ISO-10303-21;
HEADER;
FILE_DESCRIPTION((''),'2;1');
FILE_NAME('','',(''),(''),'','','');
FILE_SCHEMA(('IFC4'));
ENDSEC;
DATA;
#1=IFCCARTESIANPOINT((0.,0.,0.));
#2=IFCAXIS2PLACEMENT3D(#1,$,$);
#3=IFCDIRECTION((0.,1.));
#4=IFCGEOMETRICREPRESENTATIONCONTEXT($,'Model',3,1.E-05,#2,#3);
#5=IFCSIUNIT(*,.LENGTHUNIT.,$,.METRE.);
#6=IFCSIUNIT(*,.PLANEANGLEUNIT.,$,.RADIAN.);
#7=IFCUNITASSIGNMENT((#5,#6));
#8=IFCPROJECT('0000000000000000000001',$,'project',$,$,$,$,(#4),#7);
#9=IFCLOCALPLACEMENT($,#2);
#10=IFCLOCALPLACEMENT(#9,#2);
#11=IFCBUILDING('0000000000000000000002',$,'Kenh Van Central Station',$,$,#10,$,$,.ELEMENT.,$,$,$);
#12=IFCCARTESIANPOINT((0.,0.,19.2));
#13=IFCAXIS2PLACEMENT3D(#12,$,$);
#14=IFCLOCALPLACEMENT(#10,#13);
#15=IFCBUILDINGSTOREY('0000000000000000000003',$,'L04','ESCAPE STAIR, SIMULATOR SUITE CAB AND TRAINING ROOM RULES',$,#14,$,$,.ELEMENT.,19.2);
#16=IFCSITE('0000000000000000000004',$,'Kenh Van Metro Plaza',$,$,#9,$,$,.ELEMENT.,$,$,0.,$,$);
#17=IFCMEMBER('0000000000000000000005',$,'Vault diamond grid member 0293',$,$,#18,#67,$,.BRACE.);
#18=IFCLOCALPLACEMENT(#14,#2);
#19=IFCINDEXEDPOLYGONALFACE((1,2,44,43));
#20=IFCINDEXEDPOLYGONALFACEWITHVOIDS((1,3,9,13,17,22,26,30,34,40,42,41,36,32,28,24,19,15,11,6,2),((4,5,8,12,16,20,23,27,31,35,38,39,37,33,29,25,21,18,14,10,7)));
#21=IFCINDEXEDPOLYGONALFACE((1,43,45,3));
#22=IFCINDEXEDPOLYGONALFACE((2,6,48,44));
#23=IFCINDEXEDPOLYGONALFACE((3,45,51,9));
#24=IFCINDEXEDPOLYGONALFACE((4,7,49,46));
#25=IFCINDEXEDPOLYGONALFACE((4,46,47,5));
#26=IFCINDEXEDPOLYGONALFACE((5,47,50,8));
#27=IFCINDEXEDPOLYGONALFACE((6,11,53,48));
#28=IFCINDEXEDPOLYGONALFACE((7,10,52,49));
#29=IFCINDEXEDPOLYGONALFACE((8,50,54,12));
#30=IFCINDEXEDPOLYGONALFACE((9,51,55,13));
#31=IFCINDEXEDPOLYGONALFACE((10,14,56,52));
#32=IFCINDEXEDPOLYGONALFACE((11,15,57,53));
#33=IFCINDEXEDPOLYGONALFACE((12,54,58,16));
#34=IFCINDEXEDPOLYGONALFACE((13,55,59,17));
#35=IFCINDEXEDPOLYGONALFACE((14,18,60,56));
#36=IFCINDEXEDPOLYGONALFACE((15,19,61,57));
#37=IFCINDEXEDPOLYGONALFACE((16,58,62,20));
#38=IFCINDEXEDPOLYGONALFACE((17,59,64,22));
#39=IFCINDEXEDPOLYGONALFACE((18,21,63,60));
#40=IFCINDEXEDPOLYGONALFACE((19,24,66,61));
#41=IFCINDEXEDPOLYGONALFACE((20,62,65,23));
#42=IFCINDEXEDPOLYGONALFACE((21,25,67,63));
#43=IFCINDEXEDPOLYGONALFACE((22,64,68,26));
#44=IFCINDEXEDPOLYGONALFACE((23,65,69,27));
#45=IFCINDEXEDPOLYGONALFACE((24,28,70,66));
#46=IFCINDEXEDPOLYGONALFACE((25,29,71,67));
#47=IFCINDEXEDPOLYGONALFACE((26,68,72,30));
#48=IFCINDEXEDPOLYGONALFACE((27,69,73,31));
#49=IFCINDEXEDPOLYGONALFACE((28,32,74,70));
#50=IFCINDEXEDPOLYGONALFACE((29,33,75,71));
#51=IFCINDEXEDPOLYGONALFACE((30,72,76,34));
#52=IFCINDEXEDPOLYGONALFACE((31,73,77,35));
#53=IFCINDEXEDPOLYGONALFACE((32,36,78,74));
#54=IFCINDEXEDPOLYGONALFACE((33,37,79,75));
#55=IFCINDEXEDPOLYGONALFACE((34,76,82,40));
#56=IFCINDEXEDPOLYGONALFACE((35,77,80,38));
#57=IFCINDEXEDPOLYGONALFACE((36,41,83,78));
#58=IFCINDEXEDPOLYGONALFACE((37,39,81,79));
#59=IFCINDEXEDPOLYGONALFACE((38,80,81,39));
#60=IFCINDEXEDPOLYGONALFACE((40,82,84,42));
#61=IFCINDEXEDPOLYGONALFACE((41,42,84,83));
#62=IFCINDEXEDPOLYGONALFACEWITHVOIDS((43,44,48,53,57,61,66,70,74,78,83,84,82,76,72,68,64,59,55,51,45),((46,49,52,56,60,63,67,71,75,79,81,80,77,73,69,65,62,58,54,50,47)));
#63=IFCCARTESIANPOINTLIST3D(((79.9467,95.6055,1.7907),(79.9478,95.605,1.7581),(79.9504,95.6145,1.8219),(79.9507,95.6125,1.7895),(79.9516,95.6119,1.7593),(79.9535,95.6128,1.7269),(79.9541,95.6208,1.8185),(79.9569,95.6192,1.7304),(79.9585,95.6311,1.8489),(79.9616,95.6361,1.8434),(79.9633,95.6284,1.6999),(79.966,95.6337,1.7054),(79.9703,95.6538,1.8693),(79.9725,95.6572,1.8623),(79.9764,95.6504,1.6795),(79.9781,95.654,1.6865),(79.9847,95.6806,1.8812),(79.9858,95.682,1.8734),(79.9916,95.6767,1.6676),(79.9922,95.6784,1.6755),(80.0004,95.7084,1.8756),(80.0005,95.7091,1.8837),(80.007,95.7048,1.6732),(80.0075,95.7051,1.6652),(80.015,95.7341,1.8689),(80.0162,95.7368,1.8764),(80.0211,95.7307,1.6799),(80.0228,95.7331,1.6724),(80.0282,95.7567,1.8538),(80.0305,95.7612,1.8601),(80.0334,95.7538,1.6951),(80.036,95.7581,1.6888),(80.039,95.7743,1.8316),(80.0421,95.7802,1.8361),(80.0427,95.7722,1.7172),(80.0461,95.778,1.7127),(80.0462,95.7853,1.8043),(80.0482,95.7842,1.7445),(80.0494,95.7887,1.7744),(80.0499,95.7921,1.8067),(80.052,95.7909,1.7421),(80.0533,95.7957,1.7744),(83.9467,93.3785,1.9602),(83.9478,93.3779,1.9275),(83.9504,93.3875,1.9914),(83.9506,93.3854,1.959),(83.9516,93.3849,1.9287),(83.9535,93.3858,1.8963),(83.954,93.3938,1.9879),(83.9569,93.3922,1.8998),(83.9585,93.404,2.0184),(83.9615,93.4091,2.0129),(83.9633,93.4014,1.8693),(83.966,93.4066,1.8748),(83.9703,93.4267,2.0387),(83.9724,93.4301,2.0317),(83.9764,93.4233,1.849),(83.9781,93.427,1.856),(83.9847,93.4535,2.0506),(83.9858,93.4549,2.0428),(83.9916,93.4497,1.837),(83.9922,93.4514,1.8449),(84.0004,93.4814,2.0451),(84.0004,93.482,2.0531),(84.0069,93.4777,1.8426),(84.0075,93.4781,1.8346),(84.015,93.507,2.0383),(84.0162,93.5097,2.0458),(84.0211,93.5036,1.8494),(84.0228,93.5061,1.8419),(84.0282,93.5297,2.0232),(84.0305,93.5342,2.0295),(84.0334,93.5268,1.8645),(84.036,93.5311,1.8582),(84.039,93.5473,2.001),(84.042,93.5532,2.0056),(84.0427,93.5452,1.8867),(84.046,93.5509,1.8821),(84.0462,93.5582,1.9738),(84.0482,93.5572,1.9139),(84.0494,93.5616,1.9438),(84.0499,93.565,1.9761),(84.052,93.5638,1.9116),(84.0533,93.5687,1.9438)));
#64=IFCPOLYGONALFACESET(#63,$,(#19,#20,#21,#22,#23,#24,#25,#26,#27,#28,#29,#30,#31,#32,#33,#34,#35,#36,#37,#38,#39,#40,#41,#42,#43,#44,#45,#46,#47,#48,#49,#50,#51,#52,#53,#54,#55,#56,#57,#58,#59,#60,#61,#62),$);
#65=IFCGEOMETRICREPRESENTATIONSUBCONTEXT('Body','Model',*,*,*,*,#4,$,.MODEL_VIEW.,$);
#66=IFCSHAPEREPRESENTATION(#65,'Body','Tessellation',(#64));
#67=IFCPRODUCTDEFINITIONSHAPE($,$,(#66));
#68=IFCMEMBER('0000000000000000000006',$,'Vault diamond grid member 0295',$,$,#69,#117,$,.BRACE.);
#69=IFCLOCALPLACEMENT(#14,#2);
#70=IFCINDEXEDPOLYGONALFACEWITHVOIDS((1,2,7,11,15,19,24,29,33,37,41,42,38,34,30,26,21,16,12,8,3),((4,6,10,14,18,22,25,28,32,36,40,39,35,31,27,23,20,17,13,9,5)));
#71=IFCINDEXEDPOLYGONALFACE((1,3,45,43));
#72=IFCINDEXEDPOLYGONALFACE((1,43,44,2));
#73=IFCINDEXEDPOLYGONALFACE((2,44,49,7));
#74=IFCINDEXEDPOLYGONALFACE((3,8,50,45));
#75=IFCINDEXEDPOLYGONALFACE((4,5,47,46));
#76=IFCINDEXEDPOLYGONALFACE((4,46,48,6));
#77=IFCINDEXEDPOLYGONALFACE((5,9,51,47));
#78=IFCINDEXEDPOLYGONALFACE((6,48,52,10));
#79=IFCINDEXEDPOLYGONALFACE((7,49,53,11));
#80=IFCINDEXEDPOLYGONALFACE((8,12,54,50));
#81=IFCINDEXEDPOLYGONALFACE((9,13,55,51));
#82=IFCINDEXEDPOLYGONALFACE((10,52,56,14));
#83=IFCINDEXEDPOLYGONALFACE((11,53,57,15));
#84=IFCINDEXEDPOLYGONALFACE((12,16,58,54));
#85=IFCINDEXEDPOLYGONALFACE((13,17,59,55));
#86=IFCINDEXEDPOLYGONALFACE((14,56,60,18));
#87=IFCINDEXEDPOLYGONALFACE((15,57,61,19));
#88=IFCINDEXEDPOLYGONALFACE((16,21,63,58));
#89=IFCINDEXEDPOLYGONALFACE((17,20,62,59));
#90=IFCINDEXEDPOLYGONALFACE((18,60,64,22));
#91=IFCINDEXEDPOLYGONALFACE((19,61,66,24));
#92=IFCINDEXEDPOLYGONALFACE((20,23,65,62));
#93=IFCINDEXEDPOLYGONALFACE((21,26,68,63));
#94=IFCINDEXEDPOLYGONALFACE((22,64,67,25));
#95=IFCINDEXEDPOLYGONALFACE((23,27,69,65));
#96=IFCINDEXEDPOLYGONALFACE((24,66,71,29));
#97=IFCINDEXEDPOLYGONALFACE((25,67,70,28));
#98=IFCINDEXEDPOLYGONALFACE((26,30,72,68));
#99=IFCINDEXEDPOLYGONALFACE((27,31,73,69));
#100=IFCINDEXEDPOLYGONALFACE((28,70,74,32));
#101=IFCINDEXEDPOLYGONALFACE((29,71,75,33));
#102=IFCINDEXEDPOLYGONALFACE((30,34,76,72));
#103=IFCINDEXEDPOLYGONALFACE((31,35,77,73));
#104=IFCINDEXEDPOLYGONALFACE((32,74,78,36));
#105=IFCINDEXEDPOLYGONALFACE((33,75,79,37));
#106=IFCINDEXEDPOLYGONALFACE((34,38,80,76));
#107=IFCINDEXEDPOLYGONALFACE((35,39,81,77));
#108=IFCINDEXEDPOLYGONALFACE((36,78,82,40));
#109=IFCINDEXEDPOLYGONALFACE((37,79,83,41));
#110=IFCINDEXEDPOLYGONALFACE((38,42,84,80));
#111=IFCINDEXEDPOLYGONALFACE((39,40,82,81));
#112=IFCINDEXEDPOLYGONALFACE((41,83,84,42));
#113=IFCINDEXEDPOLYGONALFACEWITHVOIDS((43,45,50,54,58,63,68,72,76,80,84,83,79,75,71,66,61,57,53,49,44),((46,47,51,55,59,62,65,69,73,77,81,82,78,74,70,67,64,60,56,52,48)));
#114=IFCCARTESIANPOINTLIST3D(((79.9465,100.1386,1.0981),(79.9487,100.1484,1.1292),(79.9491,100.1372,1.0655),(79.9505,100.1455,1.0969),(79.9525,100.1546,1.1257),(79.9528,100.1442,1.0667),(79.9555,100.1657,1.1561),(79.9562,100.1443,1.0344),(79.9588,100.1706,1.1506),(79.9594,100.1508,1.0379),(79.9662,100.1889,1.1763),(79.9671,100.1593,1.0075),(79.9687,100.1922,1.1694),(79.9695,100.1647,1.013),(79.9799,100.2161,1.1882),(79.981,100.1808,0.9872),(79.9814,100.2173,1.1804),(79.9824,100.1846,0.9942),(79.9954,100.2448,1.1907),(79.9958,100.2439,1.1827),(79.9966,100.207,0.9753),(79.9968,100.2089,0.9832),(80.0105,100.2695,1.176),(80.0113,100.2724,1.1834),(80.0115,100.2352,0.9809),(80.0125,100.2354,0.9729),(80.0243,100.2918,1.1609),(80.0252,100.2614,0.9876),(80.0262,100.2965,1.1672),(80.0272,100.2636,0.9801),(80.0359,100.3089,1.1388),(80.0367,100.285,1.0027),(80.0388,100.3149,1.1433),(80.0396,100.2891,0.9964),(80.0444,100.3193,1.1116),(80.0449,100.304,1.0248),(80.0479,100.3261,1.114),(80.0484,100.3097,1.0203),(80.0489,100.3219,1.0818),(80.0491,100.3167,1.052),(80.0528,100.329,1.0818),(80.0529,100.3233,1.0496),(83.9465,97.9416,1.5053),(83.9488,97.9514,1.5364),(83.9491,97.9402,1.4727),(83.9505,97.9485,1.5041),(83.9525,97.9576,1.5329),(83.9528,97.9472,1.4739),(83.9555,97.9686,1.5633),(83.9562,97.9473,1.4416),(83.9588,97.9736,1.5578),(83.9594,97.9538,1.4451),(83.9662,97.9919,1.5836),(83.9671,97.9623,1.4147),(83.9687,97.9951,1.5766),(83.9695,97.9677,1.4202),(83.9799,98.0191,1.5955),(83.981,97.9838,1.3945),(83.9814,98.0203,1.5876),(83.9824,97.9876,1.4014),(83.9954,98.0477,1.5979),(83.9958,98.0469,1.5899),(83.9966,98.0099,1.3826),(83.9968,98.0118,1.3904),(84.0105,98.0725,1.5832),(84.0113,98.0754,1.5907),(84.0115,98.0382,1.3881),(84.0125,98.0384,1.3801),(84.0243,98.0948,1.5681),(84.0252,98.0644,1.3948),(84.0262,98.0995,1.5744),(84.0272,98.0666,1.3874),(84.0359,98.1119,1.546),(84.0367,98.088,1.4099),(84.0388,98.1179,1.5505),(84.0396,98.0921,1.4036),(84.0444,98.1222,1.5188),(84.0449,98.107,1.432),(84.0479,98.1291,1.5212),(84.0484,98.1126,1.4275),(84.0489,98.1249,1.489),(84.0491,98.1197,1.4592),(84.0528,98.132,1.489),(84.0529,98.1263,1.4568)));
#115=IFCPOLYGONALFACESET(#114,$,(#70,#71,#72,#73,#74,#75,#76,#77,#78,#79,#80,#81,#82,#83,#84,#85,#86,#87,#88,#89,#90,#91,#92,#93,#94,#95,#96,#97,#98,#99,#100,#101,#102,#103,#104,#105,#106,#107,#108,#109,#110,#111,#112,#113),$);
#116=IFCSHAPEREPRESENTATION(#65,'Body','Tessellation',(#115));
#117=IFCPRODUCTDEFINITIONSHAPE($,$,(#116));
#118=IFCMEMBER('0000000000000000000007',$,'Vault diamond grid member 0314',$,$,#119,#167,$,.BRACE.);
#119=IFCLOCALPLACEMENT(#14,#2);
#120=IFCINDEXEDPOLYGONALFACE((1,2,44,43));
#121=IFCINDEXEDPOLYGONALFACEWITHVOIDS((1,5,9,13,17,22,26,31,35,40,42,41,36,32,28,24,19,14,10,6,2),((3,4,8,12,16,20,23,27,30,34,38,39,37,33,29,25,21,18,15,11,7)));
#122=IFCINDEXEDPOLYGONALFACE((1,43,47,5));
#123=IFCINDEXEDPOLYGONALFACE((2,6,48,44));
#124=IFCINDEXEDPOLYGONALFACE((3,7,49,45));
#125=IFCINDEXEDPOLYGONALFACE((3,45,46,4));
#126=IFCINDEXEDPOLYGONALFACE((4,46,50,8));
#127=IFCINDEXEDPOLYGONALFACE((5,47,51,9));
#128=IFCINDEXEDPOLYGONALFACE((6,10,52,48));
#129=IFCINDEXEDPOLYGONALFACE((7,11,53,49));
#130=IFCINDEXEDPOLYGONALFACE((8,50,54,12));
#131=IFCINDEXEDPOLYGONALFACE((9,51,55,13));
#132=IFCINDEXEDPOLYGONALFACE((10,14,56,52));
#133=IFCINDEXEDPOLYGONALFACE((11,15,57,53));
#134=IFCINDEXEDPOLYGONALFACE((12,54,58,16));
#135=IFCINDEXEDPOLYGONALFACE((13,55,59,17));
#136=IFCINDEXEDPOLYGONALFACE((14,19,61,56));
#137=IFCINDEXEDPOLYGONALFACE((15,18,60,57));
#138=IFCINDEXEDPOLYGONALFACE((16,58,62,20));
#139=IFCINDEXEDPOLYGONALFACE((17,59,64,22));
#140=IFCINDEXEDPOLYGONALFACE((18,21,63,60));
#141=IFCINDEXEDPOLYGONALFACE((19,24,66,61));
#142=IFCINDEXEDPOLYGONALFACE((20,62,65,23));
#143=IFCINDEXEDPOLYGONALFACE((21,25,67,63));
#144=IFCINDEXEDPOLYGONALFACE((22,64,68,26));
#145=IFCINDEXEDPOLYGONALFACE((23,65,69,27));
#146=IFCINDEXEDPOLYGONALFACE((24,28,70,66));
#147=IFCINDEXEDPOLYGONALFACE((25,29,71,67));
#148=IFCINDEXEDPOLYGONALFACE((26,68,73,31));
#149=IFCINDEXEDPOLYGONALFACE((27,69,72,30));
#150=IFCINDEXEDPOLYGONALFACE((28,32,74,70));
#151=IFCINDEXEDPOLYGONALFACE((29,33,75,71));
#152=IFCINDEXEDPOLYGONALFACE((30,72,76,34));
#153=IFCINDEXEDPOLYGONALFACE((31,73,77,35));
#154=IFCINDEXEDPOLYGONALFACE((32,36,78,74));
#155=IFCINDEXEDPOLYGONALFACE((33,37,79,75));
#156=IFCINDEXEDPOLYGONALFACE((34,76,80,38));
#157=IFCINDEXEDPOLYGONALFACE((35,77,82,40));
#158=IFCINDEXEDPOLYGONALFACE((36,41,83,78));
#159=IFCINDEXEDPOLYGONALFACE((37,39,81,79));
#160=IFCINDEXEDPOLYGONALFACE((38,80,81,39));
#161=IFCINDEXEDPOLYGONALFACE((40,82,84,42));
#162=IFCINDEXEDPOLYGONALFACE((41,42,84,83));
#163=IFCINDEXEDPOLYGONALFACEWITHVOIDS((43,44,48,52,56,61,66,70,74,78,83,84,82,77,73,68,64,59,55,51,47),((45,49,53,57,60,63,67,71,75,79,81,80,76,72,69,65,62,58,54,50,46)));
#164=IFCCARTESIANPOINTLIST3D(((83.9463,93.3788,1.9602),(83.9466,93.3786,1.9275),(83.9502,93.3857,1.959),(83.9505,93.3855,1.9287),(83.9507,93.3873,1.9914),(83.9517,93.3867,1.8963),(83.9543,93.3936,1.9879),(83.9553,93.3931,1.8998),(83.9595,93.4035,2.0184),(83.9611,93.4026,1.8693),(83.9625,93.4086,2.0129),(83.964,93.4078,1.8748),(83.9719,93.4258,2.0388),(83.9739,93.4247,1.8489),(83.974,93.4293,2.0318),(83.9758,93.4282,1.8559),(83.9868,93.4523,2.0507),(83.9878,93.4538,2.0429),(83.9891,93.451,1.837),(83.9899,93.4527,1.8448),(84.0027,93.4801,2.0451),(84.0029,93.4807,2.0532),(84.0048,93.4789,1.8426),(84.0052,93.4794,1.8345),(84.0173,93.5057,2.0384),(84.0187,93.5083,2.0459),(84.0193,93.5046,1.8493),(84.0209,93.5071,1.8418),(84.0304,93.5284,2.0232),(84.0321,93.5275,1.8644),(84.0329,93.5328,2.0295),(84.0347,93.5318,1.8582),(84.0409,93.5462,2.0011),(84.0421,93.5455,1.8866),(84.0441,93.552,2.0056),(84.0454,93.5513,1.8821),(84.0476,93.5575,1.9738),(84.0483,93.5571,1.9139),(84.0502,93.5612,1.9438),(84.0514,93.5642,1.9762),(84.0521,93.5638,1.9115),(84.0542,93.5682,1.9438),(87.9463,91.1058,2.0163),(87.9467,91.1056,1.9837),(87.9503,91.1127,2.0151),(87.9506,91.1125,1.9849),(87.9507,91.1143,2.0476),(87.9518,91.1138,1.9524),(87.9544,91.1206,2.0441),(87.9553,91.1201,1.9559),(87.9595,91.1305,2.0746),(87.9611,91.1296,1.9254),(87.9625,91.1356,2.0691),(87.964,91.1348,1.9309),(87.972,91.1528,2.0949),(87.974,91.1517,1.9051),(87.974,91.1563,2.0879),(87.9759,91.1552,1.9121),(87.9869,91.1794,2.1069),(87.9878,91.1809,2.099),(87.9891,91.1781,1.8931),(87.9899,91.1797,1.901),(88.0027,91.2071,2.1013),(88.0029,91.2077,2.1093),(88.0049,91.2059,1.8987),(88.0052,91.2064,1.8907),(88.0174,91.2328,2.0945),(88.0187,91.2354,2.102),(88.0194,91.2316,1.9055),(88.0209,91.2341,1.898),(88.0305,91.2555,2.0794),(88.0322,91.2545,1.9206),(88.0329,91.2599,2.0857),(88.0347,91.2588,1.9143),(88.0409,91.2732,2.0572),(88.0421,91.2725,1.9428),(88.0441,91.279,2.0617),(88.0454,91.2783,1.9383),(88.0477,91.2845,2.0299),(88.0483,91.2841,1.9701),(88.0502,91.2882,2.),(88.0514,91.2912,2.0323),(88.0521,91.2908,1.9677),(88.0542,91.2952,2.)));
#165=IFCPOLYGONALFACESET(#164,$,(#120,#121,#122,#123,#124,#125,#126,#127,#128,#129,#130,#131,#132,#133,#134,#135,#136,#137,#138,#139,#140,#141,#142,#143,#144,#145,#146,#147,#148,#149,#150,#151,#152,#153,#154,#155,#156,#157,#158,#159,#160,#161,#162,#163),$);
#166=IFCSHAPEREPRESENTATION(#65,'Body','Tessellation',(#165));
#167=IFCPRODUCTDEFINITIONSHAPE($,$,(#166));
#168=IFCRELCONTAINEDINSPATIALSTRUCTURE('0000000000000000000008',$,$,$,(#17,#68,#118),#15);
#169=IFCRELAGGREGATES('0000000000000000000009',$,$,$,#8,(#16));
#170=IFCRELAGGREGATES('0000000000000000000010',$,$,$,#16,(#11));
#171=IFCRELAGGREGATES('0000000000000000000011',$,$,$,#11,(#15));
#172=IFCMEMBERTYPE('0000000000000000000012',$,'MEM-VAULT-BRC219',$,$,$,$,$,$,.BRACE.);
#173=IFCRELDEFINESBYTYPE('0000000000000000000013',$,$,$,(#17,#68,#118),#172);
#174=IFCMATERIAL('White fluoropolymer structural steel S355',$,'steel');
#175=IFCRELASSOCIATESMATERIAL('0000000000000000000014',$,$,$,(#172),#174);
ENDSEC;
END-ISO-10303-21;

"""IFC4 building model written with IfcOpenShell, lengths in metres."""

from ifc_helpers import new_model, si_unit, direction, frame, origin, origin_2d, place, context, subcontext, project, spatial, hollow_circle, extrude, material, material_profile, profile_set, type_object, element, save


model = new_model("IFC4")

# Units and contexts
model_context = context("Model", 3, precision=1e-05, world=origin(), true_north=direction((0.0, 1.0)))
body_context = subcontext(model_context, "Body", "Model", "MODEL_VIEW")
ifc_project = project(units=[si_unit("LENGTHUNIT", "METRE"), si_unit("PLANEANGLEUNIT", "RADIAN")], contexts=[model_context])

# Site, building, storey
site_placement = place(None, origin())
site = spatial("IfcSite", under=ifc_project, at=site_placement, Name="Kenh Van Metro Plaza", CompositionType="ELEMENT", RefElevation=0.0)
building_placement = place(site_placement, origin())
building = spatial("IfcBuilding", under=site, at=building_placement, Name="Kenh Van Central Station", CompositionType="ELEMENT")
storey_placement = place(building_placement, frame((0.0, 0.0, 19.2)))
storey = spatial("IfcBuildingStorey", under=building, at=storey_placement, Name="L04", Description="ESCAPE STAIR, SIMULATOR SUITE CAB AND TRAINING ROOM RULES", CompositionType="ELEMENT", Elevation=19.2)

# Shared definitions
ifc_material_1 = material(Name="White fluoropolymer structural steel S355", Category="steel")

# Members
ifc_material_profile_1 = material_profile(ifc_material_1, hollow_circle(Radius=0.1096, WallThickness=0.0081, at=origin_2d()), Name="CHS 219.1x8")
ifc_profile_set_1 = profile_set([ifc_material_profile_1], Name="White fluoropolymer structural steel S355")
member_type_1 = type_object("IfcMemberType", Name="MEM-VAULT-BRC219", PredefinedType="BRACE", material=ifc_profile_set_1)
for number, where, z_axis, x_axis, name in (
    (1, (80.0, 95.7, 1.7744), (0.873111, -0.486116, 0.036984), (0.486449, 0.873709, 0.0), "Vault diamond grid member 0293"),
):
    element("IfcMember", number, at=place(storey_placement, frame(where, z_axis=z_axis, x_axis=x_axis)), inside=storey, type_object=member_type_1, Name=name, PredefinedType="BRACE", context=body_context, shape_type="SweptSolid", body=[
        extrude(hollow_circle(Radius=0.1096, WallThickness=0.0081, at=origin_2d()), origin(), (0.0, 0.0, 1.0), 4.5813),
    ])
member_1_placement = place(storey_placement, frame((80.0, 100.2329, 1.0818), z_axis=(0.873023, -0.479512, 0.088879), x_axis=(0.481418, 0.876491, 0.0)))
element("IfcMember", 2, at=member_1_placement, inside=storey, type_object=member_type_1, Name="Vault diamond grid member 0295", PredefinedType="BRACE", context=body_context, shape_type="SweptSolid", body=[
    extrude(hollow_circle(Radius=0.1096, WallThickness=0.0081, at=origin_2d()), origin(), (0.0, 0.0, 1.0), 4.5818),
])
for number, where, z_axis, x_axis, name in (
    (3, (84.0, 93.4729, 1.9438), (0.869371, -0.494009, 0.012204), (0.494046, 0.869436, 0.0), "Vault diamond grid member 0314"),
):
    element("IfcMember", number, at=place(storey_placement, frame(where, z_axis=z_axis, x_axis=x_axis)), inside=storey, type_object=member_type_1, Name=name, PredefinedType="BRACE", context=body_context, shape_type="SweptSolid", body=[
        extrude(hollow_circle(Radius=0.1096, WallThickness=0.0081, at=origin_2d()), origin(), (0.0, 0.0, 1.0), 4.6011),
    ])

save(model, "model.ifc")
